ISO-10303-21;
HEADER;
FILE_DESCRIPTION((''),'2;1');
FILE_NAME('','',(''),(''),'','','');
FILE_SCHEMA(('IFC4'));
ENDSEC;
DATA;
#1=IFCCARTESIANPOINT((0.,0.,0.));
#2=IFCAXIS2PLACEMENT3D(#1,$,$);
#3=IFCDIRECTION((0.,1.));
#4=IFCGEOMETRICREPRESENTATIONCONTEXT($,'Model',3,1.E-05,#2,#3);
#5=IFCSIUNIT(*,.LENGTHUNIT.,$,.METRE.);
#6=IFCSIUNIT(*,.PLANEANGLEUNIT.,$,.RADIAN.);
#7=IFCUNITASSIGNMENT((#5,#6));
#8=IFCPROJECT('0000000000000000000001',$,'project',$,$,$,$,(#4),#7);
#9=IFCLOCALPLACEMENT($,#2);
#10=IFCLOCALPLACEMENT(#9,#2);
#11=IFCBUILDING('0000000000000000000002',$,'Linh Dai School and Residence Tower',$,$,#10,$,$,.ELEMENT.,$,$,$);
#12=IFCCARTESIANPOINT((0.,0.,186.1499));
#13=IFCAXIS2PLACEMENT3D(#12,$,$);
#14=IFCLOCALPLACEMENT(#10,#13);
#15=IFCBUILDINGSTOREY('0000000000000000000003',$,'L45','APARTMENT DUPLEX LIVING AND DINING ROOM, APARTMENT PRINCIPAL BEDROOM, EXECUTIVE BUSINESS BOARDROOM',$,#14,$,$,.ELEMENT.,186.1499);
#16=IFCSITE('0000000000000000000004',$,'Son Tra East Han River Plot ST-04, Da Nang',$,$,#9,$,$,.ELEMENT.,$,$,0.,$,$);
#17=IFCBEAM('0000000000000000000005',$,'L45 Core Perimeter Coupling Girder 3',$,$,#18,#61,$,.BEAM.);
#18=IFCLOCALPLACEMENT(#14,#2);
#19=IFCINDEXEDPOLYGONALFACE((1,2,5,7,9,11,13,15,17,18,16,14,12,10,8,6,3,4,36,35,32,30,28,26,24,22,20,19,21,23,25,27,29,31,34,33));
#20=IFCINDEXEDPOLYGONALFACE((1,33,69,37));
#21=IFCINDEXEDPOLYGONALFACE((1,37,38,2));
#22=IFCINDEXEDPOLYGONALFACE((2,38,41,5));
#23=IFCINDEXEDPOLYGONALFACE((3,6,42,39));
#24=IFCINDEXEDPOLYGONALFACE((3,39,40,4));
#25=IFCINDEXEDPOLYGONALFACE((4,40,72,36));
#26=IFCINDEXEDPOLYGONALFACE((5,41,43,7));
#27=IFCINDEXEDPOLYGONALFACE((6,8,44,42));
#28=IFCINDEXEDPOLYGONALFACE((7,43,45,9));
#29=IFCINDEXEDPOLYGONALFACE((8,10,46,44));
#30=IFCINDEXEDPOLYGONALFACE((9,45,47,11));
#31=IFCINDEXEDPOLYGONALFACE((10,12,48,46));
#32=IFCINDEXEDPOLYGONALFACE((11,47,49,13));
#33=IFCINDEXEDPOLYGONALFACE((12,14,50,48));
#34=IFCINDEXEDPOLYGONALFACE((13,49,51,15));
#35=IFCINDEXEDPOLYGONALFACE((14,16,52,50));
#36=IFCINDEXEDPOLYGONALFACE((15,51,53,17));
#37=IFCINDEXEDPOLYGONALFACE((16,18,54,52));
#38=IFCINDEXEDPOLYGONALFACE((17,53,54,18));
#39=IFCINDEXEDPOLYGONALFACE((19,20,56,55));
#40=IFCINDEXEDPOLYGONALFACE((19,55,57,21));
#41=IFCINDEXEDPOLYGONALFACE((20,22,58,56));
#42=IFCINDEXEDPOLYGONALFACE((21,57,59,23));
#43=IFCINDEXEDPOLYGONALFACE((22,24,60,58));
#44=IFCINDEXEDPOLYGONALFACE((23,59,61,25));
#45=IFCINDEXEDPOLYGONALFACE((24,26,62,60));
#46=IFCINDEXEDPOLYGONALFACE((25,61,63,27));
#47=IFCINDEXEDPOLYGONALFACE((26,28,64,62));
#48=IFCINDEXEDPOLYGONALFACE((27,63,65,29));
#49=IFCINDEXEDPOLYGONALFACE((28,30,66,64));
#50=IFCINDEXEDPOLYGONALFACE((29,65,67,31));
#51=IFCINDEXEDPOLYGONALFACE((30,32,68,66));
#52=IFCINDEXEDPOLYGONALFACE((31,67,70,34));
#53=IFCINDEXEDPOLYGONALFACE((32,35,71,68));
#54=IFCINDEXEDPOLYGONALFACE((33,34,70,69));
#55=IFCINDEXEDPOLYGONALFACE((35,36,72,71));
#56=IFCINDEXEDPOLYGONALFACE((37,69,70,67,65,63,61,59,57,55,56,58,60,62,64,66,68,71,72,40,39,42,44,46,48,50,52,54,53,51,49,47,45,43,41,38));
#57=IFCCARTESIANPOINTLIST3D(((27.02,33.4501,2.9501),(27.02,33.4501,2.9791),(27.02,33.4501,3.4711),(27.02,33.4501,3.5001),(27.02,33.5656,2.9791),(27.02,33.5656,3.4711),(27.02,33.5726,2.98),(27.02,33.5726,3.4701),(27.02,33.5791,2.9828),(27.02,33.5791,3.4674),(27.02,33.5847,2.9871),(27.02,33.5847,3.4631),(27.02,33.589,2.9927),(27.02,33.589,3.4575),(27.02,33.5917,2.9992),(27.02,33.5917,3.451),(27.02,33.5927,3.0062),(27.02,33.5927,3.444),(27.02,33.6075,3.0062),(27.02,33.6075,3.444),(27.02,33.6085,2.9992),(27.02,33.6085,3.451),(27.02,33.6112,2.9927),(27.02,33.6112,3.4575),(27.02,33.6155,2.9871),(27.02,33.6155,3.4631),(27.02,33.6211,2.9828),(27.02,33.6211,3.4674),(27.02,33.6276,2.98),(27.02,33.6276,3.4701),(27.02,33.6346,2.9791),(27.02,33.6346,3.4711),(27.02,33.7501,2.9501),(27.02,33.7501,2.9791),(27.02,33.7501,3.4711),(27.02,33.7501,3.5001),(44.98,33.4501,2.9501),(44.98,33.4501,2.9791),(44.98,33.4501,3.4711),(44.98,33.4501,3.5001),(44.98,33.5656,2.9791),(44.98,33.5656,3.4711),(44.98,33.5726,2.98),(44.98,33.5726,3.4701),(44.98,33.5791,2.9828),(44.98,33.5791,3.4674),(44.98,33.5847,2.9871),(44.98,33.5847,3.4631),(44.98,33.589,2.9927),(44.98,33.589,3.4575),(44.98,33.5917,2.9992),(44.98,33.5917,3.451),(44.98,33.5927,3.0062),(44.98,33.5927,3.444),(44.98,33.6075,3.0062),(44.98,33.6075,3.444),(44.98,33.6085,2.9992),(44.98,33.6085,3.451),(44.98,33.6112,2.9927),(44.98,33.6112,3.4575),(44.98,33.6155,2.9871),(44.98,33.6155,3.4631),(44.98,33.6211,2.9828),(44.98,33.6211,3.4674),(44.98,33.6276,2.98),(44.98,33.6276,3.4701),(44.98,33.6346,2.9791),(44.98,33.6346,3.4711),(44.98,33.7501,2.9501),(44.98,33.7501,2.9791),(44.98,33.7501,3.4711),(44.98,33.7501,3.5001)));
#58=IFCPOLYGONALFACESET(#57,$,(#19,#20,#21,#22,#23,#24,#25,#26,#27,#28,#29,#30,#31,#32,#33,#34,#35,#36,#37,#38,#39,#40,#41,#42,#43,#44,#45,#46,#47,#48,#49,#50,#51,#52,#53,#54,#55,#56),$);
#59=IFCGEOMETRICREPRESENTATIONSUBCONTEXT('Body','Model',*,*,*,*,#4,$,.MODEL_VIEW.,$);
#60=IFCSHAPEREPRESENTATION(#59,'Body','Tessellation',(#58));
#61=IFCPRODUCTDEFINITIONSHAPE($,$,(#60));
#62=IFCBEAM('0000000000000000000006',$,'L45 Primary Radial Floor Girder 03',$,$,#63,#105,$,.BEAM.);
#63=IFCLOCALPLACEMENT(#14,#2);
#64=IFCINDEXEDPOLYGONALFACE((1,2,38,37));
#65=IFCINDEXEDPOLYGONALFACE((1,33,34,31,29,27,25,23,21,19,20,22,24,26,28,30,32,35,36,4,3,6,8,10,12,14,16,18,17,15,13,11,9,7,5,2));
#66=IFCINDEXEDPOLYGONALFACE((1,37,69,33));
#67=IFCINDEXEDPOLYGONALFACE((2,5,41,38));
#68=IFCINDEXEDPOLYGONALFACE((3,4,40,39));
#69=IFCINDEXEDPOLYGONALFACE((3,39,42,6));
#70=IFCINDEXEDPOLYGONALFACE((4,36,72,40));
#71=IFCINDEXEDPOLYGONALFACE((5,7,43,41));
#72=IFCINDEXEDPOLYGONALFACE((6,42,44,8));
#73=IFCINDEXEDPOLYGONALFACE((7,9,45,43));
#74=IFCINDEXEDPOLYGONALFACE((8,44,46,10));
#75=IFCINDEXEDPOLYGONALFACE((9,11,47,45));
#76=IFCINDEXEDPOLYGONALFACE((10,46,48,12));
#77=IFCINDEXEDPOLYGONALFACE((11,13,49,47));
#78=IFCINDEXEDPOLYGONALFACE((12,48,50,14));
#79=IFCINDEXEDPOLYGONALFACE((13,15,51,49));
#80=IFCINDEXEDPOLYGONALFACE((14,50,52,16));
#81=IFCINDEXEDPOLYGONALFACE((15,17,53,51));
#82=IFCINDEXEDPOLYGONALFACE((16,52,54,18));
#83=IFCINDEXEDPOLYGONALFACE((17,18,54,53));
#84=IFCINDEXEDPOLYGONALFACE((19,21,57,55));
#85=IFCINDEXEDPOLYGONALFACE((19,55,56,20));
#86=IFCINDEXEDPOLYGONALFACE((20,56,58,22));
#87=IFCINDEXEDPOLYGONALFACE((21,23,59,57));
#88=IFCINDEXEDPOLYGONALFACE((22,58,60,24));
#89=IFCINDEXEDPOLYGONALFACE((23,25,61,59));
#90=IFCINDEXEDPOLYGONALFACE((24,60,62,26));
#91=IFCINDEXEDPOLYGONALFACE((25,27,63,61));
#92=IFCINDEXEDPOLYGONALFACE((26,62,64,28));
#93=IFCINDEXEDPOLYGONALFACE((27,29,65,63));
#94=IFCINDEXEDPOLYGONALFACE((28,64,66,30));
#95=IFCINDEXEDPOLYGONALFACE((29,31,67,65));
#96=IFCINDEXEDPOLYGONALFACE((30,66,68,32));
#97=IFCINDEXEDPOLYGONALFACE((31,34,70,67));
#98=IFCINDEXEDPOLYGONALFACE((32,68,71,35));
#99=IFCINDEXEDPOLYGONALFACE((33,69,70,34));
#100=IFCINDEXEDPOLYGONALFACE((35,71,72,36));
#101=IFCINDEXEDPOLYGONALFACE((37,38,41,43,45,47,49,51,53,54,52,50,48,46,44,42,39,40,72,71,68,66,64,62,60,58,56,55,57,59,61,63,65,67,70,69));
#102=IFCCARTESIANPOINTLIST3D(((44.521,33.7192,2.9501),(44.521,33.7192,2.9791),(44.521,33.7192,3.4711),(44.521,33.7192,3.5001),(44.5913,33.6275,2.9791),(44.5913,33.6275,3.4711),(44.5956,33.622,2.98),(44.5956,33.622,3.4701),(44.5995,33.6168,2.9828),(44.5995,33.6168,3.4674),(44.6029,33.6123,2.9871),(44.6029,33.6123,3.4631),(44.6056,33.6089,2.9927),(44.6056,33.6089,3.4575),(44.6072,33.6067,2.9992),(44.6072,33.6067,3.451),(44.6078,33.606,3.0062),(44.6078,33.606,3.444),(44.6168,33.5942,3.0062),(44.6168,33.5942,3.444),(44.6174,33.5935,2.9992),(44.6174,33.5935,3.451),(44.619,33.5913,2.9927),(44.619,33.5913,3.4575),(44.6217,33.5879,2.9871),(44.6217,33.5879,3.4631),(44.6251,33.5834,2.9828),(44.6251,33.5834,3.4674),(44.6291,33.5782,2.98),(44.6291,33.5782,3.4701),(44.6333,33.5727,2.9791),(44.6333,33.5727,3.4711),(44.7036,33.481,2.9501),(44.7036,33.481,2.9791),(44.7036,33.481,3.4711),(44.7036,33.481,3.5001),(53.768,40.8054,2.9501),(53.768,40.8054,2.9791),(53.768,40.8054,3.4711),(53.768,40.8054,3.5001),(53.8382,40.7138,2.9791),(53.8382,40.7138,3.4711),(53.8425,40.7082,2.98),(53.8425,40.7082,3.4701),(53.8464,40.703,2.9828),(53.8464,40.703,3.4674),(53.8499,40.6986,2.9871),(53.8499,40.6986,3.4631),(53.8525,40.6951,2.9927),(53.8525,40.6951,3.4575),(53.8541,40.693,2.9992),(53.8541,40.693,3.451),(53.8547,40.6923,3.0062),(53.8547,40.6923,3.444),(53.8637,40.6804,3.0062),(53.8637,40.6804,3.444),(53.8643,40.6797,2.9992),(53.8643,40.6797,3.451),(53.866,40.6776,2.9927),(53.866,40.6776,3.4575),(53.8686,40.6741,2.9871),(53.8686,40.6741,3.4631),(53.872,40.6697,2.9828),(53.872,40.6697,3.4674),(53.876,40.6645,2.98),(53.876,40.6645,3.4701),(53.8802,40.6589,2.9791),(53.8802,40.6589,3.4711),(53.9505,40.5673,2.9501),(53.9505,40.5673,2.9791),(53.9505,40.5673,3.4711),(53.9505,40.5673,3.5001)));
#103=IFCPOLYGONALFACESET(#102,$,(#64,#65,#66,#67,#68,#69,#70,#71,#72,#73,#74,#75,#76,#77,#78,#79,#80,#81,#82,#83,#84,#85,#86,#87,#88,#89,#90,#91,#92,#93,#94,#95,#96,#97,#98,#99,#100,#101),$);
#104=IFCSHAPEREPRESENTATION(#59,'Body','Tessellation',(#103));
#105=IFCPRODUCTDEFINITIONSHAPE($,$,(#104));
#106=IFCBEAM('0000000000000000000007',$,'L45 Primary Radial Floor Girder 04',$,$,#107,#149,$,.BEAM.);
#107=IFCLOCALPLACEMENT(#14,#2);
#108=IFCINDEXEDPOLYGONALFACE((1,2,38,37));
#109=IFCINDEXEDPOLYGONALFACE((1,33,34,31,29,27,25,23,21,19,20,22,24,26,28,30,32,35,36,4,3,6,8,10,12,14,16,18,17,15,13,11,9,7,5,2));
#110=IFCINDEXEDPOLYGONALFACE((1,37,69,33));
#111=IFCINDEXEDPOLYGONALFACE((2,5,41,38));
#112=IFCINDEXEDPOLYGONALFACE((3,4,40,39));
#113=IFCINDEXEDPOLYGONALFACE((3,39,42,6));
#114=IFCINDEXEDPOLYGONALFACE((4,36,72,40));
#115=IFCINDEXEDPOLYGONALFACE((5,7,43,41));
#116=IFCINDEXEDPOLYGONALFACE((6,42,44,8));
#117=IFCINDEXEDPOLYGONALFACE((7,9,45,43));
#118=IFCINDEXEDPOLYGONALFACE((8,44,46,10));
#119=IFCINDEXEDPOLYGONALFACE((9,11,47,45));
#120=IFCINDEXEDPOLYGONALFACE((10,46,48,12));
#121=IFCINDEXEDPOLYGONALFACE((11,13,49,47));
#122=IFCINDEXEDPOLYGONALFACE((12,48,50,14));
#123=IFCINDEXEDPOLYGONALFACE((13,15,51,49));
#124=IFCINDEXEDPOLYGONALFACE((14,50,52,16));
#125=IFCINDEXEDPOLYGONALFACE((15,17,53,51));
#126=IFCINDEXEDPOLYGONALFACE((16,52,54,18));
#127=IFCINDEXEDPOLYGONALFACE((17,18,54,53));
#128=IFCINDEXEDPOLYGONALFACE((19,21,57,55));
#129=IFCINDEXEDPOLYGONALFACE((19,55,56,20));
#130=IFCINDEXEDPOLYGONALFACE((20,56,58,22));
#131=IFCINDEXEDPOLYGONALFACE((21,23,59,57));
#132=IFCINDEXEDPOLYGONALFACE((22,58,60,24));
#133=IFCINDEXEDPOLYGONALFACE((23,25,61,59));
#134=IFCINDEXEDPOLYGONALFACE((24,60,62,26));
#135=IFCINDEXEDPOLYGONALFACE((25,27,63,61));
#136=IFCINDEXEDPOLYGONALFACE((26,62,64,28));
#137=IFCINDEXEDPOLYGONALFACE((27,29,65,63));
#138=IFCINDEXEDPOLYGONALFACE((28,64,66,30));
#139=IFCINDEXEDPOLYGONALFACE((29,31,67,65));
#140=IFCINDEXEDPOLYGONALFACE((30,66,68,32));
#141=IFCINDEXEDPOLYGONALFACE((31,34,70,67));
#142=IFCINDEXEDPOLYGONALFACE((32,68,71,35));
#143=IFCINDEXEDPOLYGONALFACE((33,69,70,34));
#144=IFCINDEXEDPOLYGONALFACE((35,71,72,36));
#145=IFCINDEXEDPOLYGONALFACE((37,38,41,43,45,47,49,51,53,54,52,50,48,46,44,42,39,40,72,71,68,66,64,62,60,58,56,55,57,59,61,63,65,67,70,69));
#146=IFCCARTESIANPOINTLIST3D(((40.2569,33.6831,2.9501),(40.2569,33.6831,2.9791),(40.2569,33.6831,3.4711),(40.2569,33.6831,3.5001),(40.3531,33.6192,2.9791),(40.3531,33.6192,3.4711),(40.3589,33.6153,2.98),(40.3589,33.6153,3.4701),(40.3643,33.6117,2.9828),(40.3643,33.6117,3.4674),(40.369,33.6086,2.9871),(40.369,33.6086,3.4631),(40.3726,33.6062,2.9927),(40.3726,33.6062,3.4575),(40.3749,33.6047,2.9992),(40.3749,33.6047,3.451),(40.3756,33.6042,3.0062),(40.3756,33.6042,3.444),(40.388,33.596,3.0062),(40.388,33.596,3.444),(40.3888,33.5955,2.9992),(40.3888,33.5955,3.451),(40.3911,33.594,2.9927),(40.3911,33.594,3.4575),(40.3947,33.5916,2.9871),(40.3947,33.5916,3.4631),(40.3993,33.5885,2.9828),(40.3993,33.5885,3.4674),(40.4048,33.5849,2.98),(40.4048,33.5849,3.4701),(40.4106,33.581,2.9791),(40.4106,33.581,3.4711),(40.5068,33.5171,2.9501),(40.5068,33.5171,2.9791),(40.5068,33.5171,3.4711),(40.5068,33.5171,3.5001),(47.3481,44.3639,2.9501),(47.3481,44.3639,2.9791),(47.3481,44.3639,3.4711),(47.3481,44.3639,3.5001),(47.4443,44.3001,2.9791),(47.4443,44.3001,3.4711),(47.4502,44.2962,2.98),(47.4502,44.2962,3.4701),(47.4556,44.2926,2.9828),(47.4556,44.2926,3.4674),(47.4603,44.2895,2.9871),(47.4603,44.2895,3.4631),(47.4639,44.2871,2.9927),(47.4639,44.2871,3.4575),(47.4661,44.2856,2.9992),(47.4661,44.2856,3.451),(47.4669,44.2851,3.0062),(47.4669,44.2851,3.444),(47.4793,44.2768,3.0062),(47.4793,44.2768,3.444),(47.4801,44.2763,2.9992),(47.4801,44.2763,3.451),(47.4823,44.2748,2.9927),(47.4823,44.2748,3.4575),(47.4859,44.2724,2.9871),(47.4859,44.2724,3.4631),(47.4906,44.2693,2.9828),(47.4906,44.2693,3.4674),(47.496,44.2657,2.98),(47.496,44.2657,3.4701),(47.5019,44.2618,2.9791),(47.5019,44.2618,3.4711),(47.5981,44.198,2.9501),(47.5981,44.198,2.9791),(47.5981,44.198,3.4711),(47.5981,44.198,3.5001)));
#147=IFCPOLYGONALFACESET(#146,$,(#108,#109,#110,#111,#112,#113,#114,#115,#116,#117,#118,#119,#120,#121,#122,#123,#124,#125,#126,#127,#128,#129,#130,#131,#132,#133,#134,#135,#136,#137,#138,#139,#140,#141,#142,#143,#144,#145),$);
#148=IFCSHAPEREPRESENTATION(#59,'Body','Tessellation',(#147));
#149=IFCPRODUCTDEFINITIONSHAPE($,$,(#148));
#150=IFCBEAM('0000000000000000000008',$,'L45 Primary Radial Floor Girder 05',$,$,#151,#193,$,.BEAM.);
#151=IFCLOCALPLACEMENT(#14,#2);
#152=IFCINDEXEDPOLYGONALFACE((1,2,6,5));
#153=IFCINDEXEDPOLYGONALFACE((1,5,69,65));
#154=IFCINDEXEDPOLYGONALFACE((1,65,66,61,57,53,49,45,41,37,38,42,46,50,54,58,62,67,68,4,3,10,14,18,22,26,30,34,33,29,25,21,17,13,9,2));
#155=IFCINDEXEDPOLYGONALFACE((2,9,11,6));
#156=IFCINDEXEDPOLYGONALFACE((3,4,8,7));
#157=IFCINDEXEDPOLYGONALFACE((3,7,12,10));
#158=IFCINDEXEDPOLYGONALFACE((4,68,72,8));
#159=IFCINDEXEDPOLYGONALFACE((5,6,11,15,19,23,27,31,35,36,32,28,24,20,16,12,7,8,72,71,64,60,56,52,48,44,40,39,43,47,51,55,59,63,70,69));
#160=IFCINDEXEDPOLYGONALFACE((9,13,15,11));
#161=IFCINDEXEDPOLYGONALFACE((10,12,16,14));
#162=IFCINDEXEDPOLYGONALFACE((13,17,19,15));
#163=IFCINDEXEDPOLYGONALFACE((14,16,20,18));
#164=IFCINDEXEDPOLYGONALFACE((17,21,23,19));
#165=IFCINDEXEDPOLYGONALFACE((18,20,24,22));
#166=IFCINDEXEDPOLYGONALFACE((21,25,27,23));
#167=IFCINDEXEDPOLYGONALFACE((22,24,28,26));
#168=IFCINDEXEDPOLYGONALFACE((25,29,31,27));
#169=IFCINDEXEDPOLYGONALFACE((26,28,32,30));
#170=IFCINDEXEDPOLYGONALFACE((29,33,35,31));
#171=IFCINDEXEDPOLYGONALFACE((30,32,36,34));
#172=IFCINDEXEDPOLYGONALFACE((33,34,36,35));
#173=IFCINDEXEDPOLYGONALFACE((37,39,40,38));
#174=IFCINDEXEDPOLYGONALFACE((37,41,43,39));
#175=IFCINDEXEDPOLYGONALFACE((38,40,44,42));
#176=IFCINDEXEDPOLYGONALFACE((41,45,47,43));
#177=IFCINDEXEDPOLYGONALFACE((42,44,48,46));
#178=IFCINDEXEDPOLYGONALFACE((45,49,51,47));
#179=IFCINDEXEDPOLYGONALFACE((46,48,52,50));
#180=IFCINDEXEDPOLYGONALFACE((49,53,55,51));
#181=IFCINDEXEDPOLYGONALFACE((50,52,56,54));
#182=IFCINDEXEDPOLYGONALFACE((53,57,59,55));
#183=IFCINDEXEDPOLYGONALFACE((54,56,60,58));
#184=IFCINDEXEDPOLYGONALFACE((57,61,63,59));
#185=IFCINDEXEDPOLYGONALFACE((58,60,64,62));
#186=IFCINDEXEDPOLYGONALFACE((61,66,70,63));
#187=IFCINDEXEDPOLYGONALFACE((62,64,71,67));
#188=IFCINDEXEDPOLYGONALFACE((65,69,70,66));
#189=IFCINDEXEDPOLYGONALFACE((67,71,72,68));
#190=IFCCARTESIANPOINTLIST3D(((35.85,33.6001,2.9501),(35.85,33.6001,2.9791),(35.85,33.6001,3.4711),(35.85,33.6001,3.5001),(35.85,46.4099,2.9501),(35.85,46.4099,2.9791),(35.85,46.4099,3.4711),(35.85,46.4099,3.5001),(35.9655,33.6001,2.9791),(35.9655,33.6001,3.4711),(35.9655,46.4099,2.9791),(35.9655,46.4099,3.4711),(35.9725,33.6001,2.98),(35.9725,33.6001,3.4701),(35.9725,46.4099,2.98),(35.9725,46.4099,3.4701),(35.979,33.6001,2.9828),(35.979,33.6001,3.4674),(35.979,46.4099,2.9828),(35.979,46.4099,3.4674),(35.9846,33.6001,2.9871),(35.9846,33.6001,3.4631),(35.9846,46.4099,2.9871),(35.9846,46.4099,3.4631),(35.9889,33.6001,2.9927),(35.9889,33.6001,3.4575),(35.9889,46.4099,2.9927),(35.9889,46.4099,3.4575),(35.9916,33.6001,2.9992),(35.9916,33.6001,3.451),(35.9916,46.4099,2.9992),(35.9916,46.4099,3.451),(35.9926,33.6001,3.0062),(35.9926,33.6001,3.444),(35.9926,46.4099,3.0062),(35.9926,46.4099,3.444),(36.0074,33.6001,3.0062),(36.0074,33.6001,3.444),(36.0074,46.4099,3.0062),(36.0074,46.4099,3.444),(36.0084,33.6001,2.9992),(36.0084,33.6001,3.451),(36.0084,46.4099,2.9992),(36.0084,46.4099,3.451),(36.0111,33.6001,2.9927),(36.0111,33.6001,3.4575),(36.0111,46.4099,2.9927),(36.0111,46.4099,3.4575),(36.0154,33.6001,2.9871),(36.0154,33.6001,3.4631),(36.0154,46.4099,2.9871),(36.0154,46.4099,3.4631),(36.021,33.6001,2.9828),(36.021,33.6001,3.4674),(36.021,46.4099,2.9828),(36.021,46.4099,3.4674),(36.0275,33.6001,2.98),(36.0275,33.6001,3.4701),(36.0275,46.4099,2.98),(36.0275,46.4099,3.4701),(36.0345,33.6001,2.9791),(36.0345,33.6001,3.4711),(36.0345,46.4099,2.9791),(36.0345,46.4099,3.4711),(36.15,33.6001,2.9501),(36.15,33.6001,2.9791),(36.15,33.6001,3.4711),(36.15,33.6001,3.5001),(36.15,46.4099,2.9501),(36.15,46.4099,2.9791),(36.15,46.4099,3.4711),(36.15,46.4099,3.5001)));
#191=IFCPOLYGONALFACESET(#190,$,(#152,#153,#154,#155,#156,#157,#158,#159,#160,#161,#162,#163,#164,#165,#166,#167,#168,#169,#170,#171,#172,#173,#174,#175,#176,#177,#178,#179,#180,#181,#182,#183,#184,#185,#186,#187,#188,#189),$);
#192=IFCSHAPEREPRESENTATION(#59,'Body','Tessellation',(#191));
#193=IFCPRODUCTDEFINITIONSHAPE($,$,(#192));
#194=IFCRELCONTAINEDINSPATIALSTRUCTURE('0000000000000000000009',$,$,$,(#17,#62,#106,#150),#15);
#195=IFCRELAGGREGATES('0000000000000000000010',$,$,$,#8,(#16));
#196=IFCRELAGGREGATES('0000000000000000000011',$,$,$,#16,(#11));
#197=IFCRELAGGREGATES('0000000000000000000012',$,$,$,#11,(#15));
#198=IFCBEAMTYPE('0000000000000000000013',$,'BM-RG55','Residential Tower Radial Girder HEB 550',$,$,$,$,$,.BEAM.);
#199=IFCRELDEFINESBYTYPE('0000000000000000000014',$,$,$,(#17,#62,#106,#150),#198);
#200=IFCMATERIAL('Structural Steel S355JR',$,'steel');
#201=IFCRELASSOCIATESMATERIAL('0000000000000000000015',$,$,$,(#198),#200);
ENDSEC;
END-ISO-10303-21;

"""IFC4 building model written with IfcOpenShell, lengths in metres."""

from ifc_helpers import new_model, si_unit, direction, frame, origin, origin_2d, place, context, subcontext, project, spatial, i_section, extrude, material, material_profile, profile_set, type_object, element, save


model = new_model("IFC4")

# Units and contexts
model_context = context("Model", 3, precision=1e-05, world=origin(), true_north=direction((0.0, 1.0)))
body_context = subcontext(model_context, "Body", "Model", "MODEL_VIEW")
ifc_project = project(units=[si_unit("LENGTHUNIT", "METRE"), si_unit("PLANEANGLEUNIT", "RADIAN")], contexts=[model_context])

# Site, building, storey
site_placement = place(None, origin())
site = spatial("IfcSite", under=ifc_project, at=site_placement, Name="Son Tra East Han River Plot ST-04, Da Nang", CompositionType="ELEMENT", RefElevation=0.0)
building_placement = place(site_placement, origin())
building = spatial("IfcBuilding", under=site, at=building_placement, Name="Linh Dai School and Residence Tower", CompositionType="ELEMENT")
storey_placement = place(building_placement, frame((0.0, 0.0, 186.1499)))
storey = spatial("IfcBuildingStorey", under=building, at=storey_placement, Name="L45", Description="APARTMENT DUPLEX LIVING AND DINING ROOM, APARTMENT PRINCIPAL BEDROOM, EXECUTIVE BUSINESS BOARDROOM", CompositionType="ELEMENT", Elevation=186.1499)

# Shared definitions
ifc_material_1 = material(Name="Structural Steel S355JR", Category="steel")

# Beams
ifc_material_profile_1 = material_profile(ifc_material_1, i_section(OverallWidth=0.3, OverallDepth=0.55, WebThickness=0.0149, FlangeThickness=0.0291, FilletRadius=0.0271, at=origin_2d()), Name="HEB 550")
ifc_profile_set_1 = profile_set([ifc_material_profile_1], Name="Structural Steel S355JR")
beam_type_1 = type_object("IfcBeamType", Name="BM-RG55", Description="Residential Tower Radial Girder HEB 550", PredefinedType="BEAM", material=ifc_profile_set_1)
beam_1_placement = place(storey_placement, frame((44.98, 33.6001, 3.2251), z_axis=(-1.0, 0.0, 0.0), x_axis=(0.0, -1.0, 0.0)))
element("IfcBeam", 1, at=beam_1_placement, inside=storey, type_object=beam_type_1, Name="L45 Core Perimeter Coupling Girder 3", PredefinedType="BEAM", context=body_context, shape_type="SweptSolid", body=[
    extrude(i_section(OverallWidth=0.3, OverallDepth=0.55, WebThickness=0.0149, FlangeThickness=0.0291, FilletRadius=0.0271, at=origin_2d()), origin(), (0.0, 0.0, 1.0), 17.96),
])
beam_2_placement = place(storey_placement, frame((44.6123, 33.6001, 3.2251), z_axis=(0.793733, 0.608267, 0.0), x_axis=(-0.608267, 0.793733, 0.0)))
element("IfcBeam", 2, at=beam_2_placement, inside=storey, type_object=beam_type_1, Name="L45 Primary Radial Floor Girder 03", PredefinedType="BEAM", context=body_context, shape_type="SweptSolid", body=[
    extrude(i_section(OverallWidth=0.3, OverallDepth=0.55, WebThickness=0.0149, FlangeThickness=0.0291, FilletRadius=0.0271, at=origin_2d()), origin(), (0.0, 0.0, 1.0), 11.6499),
])
beam_3_placement = place(storey_placement, frame((40.3818, 33.6001, 3.2251), z_axis=(0.553117, 0.833103, 0.0), x_axis=(-0.833103, 0.553117, 0.0)))
element("IfcBeam", 3, at=beam_3_placement, inside=storey, type_object=beam_type_1, Name="L45 Primary Radial Floor Girder 04", PredefinedType="BEAM", context=body_context, shape_type="SweptSolid", body=[
    extrude(i_section(OverallWidth=0.3, OverallDepth=0.55, WebThickness=0.0149, FlangeThickness=0.0291, FilletRadius=0.0271, at=origin_2d()), origin(), (0.0, 0.0, 1.0), 12.8206),
])
beam_4_placement = place(storey_placement, frame((36.0, 33.6001, 3.2251), z_axis=(0.0, 1.0, 0.0), x_axis=(-1.0, 0.0, 0.0)))
element("IfcBeam", 4, at=beam_4_placement, inside=storey, type_object=beam_type_1, Name="L45 Primary Radial Floor Girder 05", PredefinedType="BEAM", context=body_context, shape_type="SweptSolid", body=[
    extrude(i_section(OverallWidth=0.3, OverallDepth=0.55, WebThickness=0.0149, FlangeThickness=0.0291, FilletRadius=0.0271, at=origin_2d()), origin(), (0.0, 0.0, 1.0), 12.8098),
])

save(model, "model.ifc")
